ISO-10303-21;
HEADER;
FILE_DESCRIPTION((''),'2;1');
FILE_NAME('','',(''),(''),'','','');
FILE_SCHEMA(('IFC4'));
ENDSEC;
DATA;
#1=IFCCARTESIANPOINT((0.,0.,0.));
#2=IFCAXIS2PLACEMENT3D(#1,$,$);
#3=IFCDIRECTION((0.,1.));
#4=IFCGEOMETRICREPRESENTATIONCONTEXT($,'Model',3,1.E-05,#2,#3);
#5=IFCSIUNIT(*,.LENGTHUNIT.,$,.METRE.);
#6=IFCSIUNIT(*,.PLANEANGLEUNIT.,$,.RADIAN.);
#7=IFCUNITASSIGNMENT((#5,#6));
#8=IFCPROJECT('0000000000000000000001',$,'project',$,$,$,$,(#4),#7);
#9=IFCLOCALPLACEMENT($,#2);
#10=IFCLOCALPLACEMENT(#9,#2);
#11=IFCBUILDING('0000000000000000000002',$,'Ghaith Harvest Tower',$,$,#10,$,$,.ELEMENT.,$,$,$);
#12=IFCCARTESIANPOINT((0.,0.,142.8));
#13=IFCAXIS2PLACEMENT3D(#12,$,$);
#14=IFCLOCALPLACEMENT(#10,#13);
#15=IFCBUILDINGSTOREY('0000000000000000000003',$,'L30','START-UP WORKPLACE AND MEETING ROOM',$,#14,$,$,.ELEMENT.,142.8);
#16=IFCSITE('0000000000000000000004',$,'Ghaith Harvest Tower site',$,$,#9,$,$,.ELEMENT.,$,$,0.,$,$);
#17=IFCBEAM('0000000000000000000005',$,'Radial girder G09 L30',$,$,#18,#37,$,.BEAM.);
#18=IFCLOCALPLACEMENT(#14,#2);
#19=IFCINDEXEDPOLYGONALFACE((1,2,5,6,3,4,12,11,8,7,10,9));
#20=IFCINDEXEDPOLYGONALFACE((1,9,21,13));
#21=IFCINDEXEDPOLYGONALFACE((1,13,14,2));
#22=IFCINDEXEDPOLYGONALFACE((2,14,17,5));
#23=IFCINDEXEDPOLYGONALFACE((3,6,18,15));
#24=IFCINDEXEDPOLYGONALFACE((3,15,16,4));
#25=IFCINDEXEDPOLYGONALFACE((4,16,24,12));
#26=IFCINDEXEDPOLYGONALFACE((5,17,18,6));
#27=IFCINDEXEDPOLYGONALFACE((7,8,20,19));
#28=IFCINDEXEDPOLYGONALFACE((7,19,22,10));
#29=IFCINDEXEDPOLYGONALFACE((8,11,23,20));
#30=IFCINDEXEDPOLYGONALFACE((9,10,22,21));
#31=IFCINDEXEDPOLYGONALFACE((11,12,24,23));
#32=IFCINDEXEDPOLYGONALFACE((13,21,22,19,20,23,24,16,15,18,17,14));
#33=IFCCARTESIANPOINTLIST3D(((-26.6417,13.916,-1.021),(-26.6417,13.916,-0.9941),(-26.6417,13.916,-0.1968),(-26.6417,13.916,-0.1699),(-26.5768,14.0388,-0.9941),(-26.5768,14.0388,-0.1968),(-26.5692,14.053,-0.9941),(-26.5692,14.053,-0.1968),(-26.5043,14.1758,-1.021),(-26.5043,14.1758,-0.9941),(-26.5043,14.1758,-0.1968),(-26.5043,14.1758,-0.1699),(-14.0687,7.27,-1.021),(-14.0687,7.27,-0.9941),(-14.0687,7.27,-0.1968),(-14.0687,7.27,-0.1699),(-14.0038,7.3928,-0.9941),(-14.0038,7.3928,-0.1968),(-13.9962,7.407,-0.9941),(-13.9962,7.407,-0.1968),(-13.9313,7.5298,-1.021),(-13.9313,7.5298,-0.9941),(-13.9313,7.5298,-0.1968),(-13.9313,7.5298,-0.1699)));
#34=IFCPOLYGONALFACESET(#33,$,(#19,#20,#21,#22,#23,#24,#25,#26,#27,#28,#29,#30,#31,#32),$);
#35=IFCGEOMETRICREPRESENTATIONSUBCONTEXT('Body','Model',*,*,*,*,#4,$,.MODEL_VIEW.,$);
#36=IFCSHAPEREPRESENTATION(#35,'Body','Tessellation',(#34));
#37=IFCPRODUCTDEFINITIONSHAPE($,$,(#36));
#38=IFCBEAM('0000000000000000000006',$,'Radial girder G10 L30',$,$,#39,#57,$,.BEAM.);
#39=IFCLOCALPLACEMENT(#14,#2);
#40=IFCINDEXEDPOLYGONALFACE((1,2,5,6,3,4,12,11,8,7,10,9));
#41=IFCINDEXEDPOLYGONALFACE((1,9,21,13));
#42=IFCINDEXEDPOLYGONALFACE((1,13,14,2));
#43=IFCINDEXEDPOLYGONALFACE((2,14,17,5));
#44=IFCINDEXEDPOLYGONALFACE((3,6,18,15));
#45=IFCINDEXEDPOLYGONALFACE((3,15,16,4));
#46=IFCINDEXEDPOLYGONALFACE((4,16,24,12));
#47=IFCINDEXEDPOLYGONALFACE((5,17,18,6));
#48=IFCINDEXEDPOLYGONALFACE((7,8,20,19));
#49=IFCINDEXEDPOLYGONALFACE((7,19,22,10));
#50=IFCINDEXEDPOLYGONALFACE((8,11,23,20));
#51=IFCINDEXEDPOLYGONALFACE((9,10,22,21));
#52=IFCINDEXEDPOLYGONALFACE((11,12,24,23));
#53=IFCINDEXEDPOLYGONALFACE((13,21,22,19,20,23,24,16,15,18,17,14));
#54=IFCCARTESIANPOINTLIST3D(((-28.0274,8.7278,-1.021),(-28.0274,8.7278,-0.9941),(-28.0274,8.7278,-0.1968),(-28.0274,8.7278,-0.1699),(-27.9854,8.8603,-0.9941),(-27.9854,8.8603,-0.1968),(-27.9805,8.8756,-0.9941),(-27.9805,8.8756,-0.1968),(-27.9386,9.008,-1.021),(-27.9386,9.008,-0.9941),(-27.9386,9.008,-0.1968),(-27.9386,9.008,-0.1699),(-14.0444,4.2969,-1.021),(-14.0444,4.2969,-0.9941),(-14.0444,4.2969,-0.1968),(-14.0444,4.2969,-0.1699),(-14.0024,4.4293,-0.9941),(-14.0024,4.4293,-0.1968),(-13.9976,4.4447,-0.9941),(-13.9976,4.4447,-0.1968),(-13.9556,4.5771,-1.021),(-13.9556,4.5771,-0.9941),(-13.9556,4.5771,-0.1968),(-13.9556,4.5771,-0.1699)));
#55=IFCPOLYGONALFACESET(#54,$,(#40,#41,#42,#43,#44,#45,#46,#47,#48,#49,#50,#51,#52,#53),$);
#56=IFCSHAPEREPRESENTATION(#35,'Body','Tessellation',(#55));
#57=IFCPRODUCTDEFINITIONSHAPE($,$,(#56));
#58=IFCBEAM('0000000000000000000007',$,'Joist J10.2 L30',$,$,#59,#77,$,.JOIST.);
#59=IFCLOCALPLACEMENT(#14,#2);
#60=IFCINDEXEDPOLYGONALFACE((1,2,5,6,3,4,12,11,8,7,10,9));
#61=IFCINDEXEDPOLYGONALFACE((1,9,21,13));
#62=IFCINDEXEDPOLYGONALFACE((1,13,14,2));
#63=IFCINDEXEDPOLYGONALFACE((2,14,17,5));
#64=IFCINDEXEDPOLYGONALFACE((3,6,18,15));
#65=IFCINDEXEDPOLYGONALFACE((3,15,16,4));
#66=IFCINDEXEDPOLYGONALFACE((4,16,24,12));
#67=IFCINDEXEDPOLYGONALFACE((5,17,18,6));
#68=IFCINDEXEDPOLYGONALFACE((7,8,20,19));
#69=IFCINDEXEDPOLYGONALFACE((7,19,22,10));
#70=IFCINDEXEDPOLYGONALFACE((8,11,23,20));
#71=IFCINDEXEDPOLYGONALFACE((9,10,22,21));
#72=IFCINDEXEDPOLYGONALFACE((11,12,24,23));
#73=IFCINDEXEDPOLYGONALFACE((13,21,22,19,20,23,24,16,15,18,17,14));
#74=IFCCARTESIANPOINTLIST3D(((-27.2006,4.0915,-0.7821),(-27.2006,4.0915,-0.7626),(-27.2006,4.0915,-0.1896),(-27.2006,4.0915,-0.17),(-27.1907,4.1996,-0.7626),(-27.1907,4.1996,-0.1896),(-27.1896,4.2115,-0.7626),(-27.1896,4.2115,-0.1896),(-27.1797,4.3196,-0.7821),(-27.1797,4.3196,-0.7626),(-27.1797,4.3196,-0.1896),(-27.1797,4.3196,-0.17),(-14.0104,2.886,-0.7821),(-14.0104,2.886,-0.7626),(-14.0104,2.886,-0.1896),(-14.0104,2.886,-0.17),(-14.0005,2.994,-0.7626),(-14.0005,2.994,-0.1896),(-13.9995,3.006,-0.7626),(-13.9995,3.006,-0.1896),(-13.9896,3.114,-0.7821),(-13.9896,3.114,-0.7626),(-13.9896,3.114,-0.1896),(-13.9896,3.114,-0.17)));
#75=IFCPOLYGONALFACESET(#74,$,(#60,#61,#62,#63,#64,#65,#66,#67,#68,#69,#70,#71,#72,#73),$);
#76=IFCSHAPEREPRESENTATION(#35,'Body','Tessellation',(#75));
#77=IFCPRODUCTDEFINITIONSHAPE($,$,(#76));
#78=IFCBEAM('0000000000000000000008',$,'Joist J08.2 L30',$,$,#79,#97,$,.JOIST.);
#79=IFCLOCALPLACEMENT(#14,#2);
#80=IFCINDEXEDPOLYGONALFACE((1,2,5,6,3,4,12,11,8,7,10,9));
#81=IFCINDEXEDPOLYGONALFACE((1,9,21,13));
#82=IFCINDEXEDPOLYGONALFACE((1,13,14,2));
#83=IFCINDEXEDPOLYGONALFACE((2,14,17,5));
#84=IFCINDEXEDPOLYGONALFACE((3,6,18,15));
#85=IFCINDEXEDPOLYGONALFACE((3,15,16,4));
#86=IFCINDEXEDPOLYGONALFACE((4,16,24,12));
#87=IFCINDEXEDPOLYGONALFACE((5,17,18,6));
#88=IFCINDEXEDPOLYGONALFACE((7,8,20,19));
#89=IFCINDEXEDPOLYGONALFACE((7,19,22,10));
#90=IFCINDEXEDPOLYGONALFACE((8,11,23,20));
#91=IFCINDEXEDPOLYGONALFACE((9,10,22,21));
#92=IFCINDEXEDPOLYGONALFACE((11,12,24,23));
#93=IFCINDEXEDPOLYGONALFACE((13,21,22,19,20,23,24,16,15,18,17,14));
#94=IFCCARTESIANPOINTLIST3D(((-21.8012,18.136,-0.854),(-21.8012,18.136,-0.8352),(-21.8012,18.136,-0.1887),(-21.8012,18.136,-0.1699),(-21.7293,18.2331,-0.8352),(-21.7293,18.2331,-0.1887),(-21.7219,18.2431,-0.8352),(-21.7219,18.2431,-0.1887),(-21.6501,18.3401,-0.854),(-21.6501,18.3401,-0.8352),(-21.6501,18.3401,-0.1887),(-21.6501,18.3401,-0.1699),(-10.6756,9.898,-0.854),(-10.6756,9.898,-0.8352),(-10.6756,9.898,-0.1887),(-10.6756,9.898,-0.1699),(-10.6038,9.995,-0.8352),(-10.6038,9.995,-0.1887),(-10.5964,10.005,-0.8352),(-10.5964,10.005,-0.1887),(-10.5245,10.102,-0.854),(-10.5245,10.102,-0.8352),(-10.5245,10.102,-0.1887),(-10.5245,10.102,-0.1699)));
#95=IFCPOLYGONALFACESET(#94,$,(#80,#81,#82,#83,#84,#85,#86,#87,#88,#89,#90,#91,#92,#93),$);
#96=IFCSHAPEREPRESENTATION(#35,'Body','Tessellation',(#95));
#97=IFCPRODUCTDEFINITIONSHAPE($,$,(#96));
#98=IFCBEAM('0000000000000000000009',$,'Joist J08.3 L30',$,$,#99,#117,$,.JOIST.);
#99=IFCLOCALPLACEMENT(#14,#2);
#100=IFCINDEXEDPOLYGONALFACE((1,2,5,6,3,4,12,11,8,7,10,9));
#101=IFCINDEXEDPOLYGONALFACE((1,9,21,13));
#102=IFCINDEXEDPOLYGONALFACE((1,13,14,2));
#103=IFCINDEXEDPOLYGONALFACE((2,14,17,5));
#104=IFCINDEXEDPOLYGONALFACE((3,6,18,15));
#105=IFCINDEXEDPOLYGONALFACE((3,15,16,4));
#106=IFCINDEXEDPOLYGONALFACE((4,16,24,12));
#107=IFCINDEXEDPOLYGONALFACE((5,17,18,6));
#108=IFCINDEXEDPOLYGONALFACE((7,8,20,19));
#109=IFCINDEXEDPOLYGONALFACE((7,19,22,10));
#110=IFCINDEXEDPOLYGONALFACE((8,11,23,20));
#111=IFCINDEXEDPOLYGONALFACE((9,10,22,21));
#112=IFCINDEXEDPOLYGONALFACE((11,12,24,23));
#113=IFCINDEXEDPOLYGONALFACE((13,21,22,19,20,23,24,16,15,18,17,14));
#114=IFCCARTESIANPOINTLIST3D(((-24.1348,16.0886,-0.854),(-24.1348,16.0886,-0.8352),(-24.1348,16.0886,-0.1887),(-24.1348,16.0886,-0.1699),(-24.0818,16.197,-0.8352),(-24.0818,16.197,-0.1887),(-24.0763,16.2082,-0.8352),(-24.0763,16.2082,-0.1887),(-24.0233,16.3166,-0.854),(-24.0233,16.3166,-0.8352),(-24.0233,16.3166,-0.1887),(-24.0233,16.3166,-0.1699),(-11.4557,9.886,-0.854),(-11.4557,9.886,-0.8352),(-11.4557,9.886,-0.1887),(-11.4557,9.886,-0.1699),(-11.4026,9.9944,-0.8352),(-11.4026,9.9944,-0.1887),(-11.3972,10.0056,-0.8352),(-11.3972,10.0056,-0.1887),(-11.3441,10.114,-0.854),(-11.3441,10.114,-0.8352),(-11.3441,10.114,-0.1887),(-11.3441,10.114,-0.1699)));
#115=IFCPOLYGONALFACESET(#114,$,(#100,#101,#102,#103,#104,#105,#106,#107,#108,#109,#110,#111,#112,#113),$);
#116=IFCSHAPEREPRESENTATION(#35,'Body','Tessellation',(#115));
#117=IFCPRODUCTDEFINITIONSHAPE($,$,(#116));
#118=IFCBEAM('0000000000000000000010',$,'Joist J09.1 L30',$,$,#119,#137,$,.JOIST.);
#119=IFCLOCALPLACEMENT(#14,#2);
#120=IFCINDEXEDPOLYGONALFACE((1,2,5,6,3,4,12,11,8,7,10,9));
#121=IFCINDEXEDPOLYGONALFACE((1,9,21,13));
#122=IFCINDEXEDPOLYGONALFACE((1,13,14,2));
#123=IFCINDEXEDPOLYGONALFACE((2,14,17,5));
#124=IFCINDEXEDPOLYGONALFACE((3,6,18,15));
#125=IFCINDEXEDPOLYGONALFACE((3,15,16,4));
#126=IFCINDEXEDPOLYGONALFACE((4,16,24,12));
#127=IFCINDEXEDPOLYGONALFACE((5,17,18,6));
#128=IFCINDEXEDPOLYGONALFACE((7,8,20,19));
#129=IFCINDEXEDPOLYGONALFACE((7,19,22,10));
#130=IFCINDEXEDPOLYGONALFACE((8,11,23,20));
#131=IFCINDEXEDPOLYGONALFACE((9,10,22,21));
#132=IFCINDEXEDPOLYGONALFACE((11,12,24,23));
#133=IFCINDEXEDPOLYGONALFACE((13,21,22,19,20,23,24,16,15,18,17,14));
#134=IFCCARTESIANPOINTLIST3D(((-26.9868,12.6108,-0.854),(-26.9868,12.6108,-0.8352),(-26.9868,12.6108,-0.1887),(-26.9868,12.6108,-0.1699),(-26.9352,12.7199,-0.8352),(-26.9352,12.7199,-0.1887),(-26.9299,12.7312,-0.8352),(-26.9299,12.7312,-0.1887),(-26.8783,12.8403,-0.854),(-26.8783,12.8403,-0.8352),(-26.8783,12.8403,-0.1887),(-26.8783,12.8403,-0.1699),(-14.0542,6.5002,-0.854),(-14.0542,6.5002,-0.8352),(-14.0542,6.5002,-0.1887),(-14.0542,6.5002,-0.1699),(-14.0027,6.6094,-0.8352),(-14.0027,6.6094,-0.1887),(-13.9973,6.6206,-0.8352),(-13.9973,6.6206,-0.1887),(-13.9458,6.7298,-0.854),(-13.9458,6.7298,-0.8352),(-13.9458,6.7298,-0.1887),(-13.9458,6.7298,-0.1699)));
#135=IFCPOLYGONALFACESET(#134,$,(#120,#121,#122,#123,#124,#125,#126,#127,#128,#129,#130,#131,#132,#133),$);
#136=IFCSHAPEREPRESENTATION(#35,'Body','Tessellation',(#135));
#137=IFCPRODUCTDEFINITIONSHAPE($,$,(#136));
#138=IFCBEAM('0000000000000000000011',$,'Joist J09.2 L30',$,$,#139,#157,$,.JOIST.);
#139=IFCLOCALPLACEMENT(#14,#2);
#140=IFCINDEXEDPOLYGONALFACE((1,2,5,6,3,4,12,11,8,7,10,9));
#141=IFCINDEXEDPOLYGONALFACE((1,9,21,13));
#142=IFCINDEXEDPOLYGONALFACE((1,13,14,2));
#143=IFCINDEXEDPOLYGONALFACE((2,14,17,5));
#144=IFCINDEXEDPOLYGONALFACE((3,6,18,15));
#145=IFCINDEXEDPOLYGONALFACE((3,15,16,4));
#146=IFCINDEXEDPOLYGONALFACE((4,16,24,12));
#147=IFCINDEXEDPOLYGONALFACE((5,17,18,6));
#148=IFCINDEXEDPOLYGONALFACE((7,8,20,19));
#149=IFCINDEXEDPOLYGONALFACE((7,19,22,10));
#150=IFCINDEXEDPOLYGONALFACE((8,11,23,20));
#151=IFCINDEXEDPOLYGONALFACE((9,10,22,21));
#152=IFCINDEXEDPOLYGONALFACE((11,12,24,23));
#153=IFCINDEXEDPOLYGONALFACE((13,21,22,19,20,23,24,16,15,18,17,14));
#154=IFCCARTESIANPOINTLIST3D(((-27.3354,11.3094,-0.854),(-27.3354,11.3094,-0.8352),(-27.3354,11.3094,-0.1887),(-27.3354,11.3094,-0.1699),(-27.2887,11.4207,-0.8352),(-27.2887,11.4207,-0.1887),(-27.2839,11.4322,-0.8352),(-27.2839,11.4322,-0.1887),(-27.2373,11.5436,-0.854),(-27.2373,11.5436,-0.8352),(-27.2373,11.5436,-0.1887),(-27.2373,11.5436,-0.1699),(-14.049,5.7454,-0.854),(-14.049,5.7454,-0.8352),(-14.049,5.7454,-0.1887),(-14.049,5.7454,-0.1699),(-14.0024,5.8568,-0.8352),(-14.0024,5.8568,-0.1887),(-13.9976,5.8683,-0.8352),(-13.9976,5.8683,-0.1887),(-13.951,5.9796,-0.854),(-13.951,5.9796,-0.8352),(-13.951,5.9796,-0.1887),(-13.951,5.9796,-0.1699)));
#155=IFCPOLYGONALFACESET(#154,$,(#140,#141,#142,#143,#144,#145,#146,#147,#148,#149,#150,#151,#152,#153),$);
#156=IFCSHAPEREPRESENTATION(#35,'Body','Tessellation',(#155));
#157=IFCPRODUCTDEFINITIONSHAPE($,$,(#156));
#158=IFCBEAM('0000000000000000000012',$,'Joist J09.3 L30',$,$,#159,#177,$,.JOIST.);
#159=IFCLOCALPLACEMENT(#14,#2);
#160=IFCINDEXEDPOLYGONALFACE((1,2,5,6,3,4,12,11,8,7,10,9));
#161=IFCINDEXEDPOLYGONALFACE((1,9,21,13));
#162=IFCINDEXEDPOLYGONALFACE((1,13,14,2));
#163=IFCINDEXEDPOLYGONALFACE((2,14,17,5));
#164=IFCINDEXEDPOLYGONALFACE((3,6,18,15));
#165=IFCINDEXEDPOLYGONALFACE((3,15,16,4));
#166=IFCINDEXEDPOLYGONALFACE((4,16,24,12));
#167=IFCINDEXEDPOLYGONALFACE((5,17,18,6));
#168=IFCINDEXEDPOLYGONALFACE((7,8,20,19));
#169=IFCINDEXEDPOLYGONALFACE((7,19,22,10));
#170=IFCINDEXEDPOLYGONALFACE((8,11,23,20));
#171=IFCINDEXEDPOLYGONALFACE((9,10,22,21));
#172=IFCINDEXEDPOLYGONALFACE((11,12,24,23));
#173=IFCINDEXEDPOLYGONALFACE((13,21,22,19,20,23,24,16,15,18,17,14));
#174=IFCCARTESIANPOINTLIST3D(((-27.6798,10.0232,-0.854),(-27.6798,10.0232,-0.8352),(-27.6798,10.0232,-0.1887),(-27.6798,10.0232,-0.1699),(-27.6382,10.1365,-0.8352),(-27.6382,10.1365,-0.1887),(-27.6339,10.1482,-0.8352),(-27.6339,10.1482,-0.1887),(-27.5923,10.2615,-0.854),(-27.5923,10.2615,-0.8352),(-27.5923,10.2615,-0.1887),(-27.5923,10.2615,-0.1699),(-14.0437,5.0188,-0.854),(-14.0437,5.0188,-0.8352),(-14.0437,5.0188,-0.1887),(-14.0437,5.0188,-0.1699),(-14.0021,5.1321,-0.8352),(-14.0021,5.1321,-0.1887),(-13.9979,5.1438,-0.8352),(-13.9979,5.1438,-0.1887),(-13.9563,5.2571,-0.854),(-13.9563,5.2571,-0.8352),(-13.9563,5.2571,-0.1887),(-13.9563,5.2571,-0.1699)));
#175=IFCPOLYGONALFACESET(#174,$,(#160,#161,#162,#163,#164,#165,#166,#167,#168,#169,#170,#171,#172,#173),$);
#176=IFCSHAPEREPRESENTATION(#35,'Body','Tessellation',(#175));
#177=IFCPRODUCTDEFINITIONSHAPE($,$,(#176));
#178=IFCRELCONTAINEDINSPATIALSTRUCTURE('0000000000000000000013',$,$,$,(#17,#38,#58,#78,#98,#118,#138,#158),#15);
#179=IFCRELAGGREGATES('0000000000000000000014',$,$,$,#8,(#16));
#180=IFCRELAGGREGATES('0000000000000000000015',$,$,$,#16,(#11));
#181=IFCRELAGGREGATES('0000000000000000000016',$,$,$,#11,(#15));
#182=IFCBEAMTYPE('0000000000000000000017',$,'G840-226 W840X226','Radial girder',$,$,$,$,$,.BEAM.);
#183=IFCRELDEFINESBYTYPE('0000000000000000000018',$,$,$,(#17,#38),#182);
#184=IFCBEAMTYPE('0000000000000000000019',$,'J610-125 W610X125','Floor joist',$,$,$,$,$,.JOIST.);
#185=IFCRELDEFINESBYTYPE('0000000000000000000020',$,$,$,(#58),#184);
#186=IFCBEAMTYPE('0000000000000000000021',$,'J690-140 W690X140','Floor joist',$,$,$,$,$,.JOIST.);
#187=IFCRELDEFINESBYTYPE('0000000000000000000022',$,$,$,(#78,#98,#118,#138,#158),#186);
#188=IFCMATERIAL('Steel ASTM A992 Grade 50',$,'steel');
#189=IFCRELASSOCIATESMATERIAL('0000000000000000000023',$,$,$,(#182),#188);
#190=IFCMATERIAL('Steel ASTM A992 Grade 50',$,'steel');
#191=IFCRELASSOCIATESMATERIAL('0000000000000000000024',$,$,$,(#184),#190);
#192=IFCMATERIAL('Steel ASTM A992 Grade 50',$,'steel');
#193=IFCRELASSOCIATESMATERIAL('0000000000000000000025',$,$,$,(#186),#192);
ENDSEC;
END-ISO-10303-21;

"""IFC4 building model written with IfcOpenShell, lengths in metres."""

from ifc_helpers import new_model, si_unit, direction, frame, origin, origin_2d, place, context, subcontext, project, spatial, i_section, extrude, material, material_profile, profile_set, type_object, element, save


model = new_model("IFC4")

# Units and contexts
model_context = context("Model", 3, precision=1e-05, world=origin(), true_north=direction((0.0, 1.0)))
body_context = subcontext(model_context, "Body", "Model", "MODEL_VIEW")
ifc_project = project(units=[si_unit("LENGTHUNIT", "METRE"), si_unit("PLANEANGLEUNIT", "RADIAN")], contexts=[model_context])

# Site, building, storey
site_placement = place(None, origin())
site = spatial("IfcSite", under=ifc_project, at=site_placement, Name="Ghaith Harvest Tower site", CompositionType="ELEMENT", RefElevation=0.0)
building_placement = place(site_placement, origin())
building = spatial("IfcBuilding", under=site, at=building_placement, Name="Ghaith Harvest Tower", CompositionType="ELEMENT")
storey_placement = place(building_placement, frame((0.0, 0.0, 142.8)))
storey = spatial("IfcBuildingStorey", under=building, at=storey_placement, Name="L30", Description="START-UP WORKPLACE AND MEETING ROOM", CompositionType="ELEMENT", Elevation=142.8)

# Beams
ifc_material_1 = material(Name="Steel ASTM A992 Grade 50", Category="steel")
ifc_material_profile_1 = material_profile(ifc_material_1, i_section(OverallWidth=0.2939, OverallDepth=0.8511, WebThickness=0.0161, FlangeThickness=0.0269, at=origin_2d()), Name="W840X226")
ifc_profile_set_1 = profile_set([ifc_material_profile_1], Name="Steel ASTM A992 Grade 50")
beam_type_1 = type_object("IfcBeamType", Name="G840-226 W840X226", Description="Radial girder", PredefinedType="BEAM", material=ifc_profile_set_1)
beam_1_placement = place(storey_placement, frame((-14.0, 7.3999, -0.5955), z_axis=(-0.884087, 0.467322, 0.0), x_axis=(-0.467322, -0.884087, 0.0)))
element("IfcBeam", 1, at=beam_1_placement, inside=storey, type_object=beam_type_1, Name="Radial girder G09 L30", PredefinedType="BEAM", context=body_context, shape_type="SweptSolid", body=[
    extrude(i_section(OverallWidth=0.2939, OverallDepth=0.8511, WebThickness=0.0161, FlangeThickness=0.0269, at=origin_2d()), origin(), (0.0, 0.0, 1.0), 14.2214),
])
beam_2_placement = place(storey_placement, frame((-14.0, 4.437, -0.5955), z_axis=(-0.953284, 0.302077, 0.0), x_axis=(-0.302077, -0.953284, 0.0)))
element("IfcBeam", 2, at=beam_2_placement, inside=storey, type_object=beam_type_1, Name="Radial girder G10 L30", PredefinedType="BEAM", context=body_context, shape_type="SweptSolid", body=[
    extrude(i_section(OverallWidth=0.2939, OverallDepth=0.8511, WebThickness=0.0161, FlangeThickness=0.0269, at=origin_2d()), origin(), (0.0, 0.0, 1.0), 14.6682),
])
ifc_material_2 = material(Name="Steel ASTM A992 Grade 50", Category="steel")
ifc_material_profile_2 = material_profile(ifc_material_2, i_section(OverallWidth=0.229, OverallDepth=0.6121, WebThickness=0.012, FlangeThickness=0.0195, at=origin_2d()), Name="W610X125")
ifc_profile_set_2 = profile_set([ifc_material_profile_2], Name="Steel ASTM A992 Grade 50")
beam_type_2 = type_object("IfcBeamType", Name="J610-125 W610X125", Description="Floor joist", PredefinedType="JOIST", material=ifc_profile_set_2)
beam_3_placement = place(storey_placement, frame((-14.0, 3.0, -0.4761), z_axis=(-0.995849, 0.091019, 0.0), x_axis=(-0.091019, -0.995849, 0.0)))
element("IfcBeam", 3, at=beam_3_placement, inside=storey, type_object=beam_type_2, Name="Joist J10.2 L30", PredefinedType="JOIST", context=body_context, shape_type="SweptSolid", body=[
    extrude(i_section(OverallWidth=0.229, OverallDepth=0.6121, WebThickness=0.012, FlangeThickness=0.0195, at=origin_2d()), origin(), (0.0, 0.0, 1.0), 13.2451),
])
ifc_material_3 = material(Name="Steel ASTM A992 Grade 50", Category="steel")
ifc_material_profile_3 = material_profile(ifc_material_3, i_section(OverallWidth=0.2539, OverallDepth=0.6841, WebThickness=0.0125, FlangeThickness=0.0188, at=origin_2d()), Name="W690X140")
ifc_profile_set_3 = profile_set([ifc_material_profile_3], Name="Steel ASTM A992 Grade 50")
beam_type_3 = type_object("IfcBeamType", Name="J690-140 W690X140", Description="Floor joist", PredefinedType="JOIST", material=ifc_profile_set_3)
beam_4_placement = place(storey_placement, frame((-10.6001, 10.0, -0.512), z_axis=(-0.803663, 0.595085, 0.0), x_axis=(-0.595085, -0.803663, 0.0)))
element("IfcBeam", 4, at=beam_4_placement, inside=storey, type_object=beam_type_3, Name="Joist J08.2 L30", PredefinedType="JOIST", context=body_context, shape_type="SweptSolid", body=[
    extrude(i_section(OverallWidth=0.2539, OverallDepth=0.6841, WebThickness=0.0125, FlangeThickness=0.0188, at=origin_2d()), origin(), (0.0, 0.0, 1.0), 13.8435),
])
beam_5_placement = place(storey_placement, frame((-11.3999, 10.0, -0.512), z_axis=(-0.898275, 0.439434, 0.0), x_axis=(-0.439434, -0.898275, 0.0)))
element("IfcBeam", 5, at=beam_5_placement, inside=storey, type_object=beam_type_3, Name="Joist J08.3 L30", PredefinedType="JOIST", context=body_context, shape_type="SweptSolid", body=[
    extrude(i_section(OverallWidth=0.2539, OverallDepth=0.6841, WebThickness=0.0125, FlangeThickness=0.0188, at=origin_2d()), origin(), (0.0, 0.0, 1.0), 14.115),
])
beam_6_placement = place(storey_placement, frame((-14.0, 6.615, -0.512), z_axis=(-0.904153, 0.427208, 0.0), x_axis=(-0.427208, -0.904153, 0.0)))
element("IfcBeam", 6, at=beam_6_placement, inside=storey, type_object=beam_type_3, Name="Joist J09.1 L30", PredefinedType="JOIST", context=body_context, shape_type="SweptSolid", body=[
    extrude(i_section(OverallWidth=0.2539, OverallDepth=0.6841, WebThickness=0.0125, FlangeThickness=0.0188, at=origin_2d()), origin(), (0.0, 0.0, 1.0), 14.3035),
])
beam_7_placement = place(storey_placement, frame((-14.0, 5.8625, -0.512), z_axis=(-0.922386, 0.38627, 0.0), x_axis=(-0.38627, -0.922386, 0.0)))
element("IfcBeam", 7, at=beam_7_placement, inside=storey, type_object=beam_type_3, Name="Joist J09.2 L30", PredefinedType="JOIST", context=body_context, shape_type="SweptSolid", body=[
    extrude(i_section(OverallWidth=0.2539, OverallDepth=0.6841, WebThickness=0.0125, FlangeThickness=0.0188, at=origin_2d()), origin(), (0.0, 0.0, 1.0), 14.4043),
])
beam_8_placement = place(storey_placement, frame((-14.0, 5.1379, -0.512), z_axis=(-0.938775, 0.34453, 0.0), x_axis=(-0.34453, -0.938775, 0.0)))
element("IfcBeam", 8, at=beam_8_placement, inside=storey, type_object=beam_type_3, Name="Joist J09.3 L30", PredefinedType="JOIST", context=body_context, shape_type="SweptSolid", body=[
    extrude(i_section(OverallWidth=0.2539, OverallDepth=0.6841, WebThickness=0.0125, FlangeThickness=0.0188, at=origin_2d()), origin(), (0.0, 0.0, 1.0), 14.5254),
])

save(model, "model.ifc")
